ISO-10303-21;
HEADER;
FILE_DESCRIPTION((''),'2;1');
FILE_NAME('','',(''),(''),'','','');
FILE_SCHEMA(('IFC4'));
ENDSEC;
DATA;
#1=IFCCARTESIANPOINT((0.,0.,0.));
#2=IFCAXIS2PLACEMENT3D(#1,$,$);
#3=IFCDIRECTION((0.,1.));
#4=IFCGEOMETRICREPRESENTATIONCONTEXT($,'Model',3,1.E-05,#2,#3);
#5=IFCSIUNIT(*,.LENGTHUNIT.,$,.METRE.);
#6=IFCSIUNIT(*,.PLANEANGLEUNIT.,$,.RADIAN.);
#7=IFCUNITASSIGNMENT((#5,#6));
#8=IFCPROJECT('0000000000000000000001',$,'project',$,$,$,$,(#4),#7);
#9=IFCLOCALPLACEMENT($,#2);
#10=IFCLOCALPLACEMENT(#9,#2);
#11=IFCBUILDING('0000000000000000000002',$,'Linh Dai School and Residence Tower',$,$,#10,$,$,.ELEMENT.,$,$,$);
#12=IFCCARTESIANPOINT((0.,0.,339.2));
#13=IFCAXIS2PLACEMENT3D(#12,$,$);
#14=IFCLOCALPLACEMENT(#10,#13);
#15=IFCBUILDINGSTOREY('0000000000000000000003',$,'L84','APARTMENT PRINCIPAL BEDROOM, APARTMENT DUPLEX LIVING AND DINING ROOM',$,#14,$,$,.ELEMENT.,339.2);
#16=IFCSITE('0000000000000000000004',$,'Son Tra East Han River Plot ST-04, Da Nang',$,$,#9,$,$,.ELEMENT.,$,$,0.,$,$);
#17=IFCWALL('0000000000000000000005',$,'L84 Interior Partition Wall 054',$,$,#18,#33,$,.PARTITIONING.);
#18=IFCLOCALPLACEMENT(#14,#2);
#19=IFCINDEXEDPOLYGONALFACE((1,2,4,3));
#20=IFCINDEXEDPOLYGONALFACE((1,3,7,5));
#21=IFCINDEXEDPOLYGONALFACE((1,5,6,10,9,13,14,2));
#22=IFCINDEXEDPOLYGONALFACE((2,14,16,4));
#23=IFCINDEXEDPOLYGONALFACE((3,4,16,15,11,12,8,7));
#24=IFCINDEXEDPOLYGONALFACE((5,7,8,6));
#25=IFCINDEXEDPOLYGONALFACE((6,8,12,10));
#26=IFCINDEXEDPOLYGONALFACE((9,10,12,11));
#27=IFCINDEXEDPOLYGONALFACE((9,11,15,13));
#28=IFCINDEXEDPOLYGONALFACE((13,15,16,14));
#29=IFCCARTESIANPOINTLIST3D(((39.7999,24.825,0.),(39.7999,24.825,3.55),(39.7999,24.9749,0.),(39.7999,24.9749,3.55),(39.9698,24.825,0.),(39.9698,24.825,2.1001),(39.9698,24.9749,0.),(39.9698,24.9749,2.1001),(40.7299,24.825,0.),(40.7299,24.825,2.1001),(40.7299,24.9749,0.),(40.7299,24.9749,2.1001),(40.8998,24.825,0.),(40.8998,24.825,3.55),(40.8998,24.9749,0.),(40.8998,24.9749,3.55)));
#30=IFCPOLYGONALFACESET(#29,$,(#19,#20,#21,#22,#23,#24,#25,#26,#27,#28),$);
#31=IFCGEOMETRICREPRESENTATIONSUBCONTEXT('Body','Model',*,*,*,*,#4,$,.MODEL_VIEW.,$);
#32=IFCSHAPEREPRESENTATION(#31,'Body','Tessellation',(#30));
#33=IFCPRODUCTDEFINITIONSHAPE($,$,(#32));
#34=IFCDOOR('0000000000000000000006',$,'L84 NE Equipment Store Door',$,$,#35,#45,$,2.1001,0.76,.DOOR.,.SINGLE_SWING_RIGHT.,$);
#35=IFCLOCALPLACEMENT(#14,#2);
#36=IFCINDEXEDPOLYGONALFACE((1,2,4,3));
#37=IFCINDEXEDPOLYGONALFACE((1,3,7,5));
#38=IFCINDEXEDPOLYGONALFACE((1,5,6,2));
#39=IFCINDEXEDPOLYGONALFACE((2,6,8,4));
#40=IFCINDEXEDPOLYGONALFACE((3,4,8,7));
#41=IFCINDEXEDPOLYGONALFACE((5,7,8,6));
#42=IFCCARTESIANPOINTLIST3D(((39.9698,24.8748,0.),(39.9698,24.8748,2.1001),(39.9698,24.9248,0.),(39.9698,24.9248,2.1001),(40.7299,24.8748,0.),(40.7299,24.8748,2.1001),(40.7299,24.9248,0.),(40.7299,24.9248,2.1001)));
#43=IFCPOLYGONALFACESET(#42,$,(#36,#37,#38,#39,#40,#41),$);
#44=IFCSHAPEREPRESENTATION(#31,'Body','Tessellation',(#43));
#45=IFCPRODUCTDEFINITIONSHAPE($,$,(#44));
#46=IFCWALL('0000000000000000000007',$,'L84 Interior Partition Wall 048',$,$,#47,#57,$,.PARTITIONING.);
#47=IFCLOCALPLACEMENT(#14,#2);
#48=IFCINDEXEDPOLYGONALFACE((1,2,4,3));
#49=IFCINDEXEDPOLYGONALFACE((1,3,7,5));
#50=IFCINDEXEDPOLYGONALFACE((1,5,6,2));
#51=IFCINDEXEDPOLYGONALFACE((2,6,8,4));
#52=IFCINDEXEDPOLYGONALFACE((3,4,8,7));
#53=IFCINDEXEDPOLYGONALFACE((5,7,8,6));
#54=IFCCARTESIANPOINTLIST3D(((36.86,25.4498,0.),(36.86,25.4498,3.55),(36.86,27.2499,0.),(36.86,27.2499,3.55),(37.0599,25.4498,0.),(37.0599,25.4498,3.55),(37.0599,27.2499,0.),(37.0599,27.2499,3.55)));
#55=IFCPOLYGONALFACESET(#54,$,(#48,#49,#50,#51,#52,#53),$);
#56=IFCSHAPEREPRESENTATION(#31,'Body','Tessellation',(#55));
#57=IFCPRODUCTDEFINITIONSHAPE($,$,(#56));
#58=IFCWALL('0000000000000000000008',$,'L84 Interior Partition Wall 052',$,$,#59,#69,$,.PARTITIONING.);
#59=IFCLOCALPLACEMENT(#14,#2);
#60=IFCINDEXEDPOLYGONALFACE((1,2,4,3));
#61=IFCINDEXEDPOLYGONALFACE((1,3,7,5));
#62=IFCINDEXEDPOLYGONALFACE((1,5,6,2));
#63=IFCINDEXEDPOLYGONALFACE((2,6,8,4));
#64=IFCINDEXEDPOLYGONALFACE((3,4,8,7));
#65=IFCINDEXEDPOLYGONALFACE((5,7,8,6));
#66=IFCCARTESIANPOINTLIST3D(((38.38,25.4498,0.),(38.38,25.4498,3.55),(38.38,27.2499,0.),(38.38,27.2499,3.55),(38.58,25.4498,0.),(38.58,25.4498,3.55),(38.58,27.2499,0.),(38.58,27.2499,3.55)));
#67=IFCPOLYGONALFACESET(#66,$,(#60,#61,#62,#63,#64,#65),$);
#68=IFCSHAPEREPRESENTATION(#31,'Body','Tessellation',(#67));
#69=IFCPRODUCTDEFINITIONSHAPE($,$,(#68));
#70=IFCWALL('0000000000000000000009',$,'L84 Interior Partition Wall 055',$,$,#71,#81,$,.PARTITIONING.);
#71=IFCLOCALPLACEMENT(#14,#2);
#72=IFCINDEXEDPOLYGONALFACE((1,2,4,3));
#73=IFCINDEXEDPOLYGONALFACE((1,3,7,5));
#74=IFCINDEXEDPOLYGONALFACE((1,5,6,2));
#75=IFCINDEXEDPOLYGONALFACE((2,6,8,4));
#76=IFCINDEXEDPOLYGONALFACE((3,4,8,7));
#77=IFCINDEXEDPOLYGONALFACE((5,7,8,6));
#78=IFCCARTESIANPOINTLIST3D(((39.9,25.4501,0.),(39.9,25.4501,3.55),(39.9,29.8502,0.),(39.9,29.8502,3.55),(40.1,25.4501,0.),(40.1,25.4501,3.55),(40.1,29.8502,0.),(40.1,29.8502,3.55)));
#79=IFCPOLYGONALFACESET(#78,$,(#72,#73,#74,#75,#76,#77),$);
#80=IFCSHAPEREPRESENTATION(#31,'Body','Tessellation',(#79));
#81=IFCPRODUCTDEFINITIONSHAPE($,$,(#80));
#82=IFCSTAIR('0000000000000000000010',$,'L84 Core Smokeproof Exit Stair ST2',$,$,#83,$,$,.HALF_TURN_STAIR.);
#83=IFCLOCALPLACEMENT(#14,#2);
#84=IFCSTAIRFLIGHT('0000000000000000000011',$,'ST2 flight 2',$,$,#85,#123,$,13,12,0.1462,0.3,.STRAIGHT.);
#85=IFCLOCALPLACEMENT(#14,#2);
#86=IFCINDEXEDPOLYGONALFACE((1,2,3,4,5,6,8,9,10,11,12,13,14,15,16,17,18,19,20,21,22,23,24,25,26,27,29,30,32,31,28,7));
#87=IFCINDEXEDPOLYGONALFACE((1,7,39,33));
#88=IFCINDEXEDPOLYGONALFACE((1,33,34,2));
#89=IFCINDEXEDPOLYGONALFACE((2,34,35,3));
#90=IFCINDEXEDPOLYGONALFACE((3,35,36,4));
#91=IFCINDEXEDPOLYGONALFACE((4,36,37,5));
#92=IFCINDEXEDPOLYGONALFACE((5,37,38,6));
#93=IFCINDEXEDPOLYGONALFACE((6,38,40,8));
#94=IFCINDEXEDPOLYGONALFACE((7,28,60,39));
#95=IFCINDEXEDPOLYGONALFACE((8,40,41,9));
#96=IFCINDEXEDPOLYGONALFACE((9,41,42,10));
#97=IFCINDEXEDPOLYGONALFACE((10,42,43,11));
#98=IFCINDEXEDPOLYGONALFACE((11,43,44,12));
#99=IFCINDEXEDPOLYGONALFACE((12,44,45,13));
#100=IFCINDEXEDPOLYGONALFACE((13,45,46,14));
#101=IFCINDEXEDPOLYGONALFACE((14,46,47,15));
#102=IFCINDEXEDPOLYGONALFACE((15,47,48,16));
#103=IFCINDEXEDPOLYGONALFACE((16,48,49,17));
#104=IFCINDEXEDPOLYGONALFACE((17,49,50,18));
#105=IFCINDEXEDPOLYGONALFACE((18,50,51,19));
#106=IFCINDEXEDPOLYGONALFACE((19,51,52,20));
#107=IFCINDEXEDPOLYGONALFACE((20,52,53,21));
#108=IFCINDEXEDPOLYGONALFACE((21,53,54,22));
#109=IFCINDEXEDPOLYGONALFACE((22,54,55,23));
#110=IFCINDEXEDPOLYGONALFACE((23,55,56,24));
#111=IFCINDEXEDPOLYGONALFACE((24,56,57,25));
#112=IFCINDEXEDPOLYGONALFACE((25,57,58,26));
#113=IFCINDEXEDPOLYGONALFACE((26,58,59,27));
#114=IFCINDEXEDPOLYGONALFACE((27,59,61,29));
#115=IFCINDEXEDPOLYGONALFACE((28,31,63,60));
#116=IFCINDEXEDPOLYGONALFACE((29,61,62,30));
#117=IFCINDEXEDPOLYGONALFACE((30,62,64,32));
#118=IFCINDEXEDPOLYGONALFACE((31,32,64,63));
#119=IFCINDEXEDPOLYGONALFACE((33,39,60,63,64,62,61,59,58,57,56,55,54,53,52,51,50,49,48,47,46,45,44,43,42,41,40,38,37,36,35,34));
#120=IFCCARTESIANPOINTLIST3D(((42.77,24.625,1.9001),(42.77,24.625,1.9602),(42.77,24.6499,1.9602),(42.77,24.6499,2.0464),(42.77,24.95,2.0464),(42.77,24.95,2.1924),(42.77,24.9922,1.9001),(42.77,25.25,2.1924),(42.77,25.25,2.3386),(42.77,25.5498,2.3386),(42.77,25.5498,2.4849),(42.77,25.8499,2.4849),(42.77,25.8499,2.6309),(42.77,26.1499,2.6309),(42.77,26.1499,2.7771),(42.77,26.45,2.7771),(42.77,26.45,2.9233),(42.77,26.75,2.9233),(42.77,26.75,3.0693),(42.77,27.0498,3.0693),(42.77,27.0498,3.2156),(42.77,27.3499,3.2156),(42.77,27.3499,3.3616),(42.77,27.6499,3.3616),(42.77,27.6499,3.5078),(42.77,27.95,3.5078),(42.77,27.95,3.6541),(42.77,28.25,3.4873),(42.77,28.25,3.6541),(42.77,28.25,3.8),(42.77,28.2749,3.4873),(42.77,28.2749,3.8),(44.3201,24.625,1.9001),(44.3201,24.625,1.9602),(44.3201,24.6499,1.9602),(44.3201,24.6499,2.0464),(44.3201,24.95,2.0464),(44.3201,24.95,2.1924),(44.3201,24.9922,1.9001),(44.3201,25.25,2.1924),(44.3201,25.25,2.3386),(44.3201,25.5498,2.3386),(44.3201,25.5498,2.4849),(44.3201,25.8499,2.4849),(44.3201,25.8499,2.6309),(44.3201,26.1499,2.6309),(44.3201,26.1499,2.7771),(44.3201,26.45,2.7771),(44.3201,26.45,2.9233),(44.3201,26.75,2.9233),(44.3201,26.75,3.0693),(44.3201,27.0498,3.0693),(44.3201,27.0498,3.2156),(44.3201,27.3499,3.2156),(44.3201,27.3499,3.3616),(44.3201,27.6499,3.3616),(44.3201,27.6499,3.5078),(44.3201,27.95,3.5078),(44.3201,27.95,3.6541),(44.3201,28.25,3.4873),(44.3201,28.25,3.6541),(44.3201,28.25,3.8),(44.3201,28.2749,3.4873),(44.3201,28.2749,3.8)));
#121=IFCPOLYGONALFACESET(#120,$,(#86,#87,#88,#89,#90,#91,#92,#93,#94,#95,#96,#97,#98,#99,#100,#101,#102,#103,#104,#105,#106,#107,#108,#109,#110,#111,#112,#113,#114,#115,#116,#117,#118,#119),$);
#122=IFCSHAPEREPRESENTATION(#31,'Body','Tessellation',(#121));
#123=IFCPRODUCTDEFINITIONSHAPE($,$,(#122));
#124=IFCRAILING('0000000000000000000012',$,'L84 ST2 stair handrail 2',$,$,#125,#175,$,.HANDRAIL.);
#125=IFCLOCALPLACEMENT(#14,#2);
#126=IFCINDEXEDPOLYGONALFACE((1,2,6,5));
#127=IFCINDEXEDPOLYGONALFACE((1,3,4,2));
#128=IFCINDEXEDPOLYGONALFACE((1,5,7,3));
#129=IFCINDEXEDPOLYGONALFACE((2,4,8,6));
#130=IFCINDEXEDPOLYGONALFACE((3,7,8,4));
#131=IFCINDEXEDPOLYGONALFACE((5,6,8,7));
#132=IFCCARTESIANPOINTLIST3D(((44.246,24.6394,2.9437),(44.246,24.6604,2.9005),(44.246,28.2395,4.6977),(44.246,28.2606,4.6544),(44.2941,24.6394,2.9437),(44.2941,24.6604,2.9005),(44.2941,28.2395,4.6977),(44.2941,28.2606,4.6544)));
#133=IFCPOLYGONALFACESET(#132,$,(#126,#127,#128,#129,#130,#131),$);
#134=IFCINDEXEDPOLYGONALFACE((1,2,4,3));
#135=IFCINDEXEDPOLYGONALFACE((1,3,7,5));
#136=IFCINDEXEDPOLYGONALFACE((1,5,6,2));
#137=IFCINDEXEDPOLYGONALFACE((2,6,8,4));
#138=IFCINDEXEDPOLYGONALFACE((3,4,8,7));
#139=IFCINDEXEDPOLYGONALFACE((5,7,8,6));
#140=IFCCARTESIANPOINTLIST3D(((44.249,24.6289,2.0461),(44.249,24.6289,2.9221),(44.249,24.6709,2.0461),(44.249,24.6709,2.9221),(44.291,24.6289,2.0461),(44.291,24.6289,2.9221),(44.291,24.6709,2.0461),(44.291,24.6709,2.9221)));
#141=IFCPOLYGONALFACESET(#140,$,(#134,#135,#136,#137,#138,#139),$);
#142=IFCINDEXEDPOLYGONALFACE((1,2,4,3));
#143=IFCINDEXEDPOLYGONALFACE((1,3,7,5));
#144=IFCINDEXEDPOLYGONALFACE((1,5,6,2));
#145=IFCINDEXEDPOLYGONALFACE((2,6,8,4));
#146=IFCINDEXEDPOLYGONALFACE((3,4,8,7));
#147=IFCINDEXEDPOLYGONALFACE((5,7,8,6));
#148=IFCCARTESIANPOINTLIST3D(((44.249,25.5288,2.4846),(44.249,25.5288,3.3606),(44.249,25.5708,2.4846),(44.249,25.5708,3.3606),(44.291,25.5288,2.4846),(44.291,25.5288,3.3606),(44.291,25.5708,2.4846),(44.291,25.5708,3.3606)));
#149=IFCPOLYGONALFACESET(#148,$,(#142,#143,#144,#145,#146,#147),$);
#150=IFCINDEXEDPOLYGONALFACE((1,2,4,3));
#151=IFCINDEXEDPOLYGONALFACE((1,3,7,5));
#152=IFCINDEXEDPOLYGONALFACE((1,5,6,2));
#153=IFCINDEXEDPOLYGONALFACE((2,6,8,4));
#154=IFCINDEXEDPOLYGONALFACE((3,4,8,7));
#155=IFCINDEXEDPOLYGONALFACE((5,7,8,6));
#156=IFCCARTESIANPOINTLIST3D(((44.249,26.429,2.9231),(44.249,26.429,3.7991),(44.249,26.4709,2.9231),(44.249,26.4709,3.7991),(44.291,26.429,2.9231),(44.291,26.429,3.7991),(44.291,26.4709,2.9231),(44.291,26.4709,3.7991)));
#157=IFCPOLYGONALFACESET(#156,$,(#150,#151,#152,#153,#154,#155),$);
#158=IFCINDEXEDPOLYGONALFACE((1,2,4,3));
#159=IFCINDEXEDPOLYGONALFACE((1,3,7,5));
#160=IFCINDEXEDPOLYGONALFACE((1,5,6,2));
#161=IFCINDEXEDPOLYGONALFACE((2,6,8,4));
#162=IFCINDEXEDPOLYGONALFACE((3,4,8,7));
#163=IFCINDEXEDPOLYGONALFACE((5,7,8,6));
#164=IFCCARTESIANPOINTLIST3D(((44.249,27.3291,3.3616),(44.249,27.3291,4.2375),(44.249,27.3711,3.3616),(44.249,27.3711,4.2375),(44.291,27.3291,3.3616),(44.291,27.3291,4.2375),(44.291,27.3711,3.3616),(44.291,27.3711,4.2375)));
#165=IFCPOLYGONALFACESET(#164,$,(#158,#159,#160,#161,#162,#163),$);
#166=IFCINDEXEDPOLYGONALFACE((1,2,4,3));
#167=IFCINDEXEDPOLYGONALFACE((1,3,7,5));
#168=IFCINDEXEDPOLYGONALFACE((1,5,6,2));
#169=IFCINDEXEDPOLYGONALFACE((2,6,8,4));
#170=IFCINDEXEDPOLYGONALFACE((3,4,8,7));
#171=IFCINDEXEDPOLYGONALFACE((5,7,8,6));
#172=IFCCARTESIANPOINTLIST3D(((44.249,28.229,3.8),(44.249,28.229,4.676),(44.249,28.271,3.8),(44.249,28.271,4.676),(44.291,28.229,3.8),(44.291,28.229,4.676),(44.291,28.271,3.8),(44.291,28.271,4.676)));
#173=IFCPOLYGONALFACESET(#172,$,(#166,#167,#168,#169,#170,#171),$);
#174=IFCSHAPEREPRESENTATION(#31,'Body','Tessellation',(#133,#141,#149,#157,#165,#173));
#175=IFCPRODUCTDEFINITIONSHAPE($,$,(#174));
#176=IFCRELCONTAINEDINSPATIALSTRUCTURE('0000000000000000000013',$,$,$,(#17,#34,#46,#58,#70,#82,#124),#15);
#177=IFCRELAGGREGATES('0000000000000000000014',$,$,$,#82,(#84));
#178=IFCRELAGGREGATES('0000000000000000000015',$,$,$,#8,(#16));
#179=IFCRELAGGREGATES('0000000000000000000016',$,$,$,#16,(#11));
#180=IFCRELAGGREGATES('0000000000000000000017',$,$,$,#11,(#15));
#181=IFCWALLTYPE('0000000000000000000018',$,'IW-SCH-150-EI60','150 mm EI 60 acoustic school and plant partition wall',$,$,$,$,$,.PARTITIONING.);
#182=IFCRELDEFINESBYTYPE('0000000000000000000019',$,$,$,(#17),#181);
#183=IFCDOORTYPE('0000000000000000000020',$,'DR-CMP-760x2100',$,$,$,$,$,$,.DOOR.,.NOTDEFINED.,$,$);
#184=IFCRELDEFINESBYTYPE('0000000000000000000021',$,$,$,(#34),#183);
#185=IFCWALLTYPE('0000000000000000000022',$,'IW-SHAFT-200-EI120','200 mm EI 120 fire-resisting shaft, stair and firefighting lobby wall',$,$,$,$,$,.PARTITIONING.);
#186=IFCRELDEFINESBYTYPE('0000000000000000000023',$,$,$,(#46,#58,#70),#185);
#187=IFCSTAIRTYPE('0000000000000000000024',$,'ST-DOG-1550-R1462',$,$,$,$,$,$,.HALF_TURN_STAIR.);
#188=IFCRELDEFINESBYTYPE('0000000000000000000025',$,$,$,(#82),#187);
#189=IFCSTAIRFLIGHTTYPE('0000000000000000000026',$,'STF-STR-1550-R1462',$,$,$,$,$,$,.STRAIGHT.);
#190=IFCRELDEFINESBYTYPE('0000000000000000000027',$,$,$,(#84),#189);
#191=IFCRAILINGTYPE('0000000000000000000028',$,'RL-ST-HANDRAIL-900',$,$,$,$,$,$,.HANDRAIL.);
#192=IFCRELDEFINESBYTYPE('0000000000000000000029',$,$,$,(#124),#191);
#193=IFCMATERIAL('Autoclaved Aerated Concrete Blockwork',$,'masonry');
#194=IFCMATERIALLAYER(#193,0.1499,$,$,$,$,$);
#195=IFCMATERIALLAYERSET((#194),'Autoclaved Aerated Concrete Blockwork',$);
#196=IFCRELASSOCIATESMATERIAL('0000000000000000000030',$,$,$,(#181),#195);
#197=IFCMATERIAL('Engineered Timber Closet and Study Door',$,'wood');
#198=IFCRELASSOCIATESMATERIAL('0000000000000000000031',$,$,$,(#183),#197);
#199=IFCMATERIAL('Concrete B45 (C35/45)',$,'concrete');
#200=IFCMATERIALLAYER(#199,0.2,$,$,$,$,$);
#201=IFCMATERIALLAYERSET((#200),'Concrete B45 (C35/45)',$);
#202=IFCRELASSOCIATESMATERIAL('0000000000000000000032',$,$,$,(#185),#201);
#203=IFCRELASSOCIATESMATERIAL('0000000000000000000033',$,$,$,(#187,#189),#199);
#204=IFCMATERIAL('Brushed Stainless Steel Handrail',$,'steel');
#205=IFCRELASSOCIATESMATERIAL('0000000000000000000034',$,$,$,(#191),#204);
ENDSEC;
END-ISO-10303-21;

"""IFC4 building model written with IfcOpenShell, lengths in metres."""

from ifc_helpers import new_model, si_unit, direction, frame, frame_2d, origin, origin_2d, place, context, subcontext, project, spatial, polyline, rectangle, outline, extrude, source, transform, mapped, material, layer, layer_set, type_object, element, fill, aggregate, save


model = new_model("IFC4")

# Units and contexts
model_context = context("Model", 3, precision=1e-05, world=origin(), true_north=direction((0.0, 1.0)))
body_context = subcontext(model_context, "Body", "Model", "MODEL_VIEW")
ifc_project = project(units=[si_unit("LENGTHUNIT", "METRE"), si_unit("PLANEANGLEUNIT", "RADIAN")], contexts=[model_context])

# Site, building, storey
site_placement = place(None, origin())
site = spatial("IfcSite", under=ifc_project, at=site_placement, Name="Son Tra East Han River Plot ST-04, Da Nang", CompositionType="ELEMENT", RefElevation=0.0)
building_placement = place(site_placement, origin())
building = spatial("IfcBuilding", under=site, at=building_placement, Name="Linh Dai School and Residence Tower", CompositionType="ELEMENT")
storey_placement = place(building_placement, frame((0.0, 0.0, 339.2)))
storey = spatial("IfcBuildingStorey", under=building, at=storey_placement, Name="L84", Description="APARTMENT PRINCIPAL BEDROOM, APARTMENT DUPLEX LIVING AND DINING ROOM", CompositionType="ELEMENT", Elevation=339.2)

# Shared definitions
ifc_material_1 = material(Name="Autoclaved Aerated Concrete Blockwork", Category="masonry")

# Wall, opening, door
ifc_layer_1 = layer(ifc_material_1, 0.1499)
ifc_layer_set_1 = layer_set([ifc_layer_1], Name="Autoclaved Aerated Concrete Blockwork")
wall_type_1 = type_object("IfcWallType", Name="IW-SCH-150-EI60", Description="150 mm EI 60 acoustic school and plant partition wall", PredefinedType="PARTITIONING", material=ifc_layer_set_1)
wall_1_placement = place(storey_placement, frame((39.8, 24.8999, 0.0), z_axis=(0.0, 0.0, 1.0), x_axis=(1.0, 0.0, 0.0)))
wall_1 = element("IfcWall", 1, at=wall_1_placement, inside=storey, type_object=wall_type_1, Name="L84 Interior Partition Wall 054", PredefinedType="PARTITIONING", context=body_context, shape_type="SweptSolid", body=[
    extrude(rectangle(XDim=1.0999, YDim=0.1499, at=frame_2d((0.5498, 0.0))), origin(), (0.0, 0.0, 1.0), 3.55),
])
opening_1_placement = place(wall_1_placement, frame((0.1699, 0.0, 0.0)))
opening_1 = element("IfcOpeningElement", 2, at=opening_1_placement, cuts=wall_1, PredefinedType="OPENING", context=body_context, shape_type="SweptSolid", body=[
    extrude(rectangle(XDim=0.76, YDim=2.1001, at=origin_2d()), frame((0.3799, 0.085, 1.05), z_axis=(0.0, -1.0, 0.0), x_axis=(1.0, 0.0, 0.0)), (0.0, 0.0, 1.0), 0.1699),
])
ifc_material_2 = material(Name="Engineered Timber Closet and Study Door", Category="wood")
door_type_1 = type_object("IfcDoorType", Name="DR-CMP-760x2100", OperationType="NOTDEFINED", PredefinedType="DOOR", material=ifc_material_2)
shared_shape_1 = source(origin(), body_context, "Body", "SweptSolid", [
    extrude(rectangle(XDim=0.76, YDim=2.1001, at=origin_2d()), frame((0.3799, 0.0249, 1.05), z_axis=(0.0, -1.0, 0.0), x_axis=(1.0, 0.0, 0.0)), (0.0, 0.0, 1.0), 0.05),
])
door_1_placement = place(opening_1_placement, origin())
door_1 = element("IfcDoor", 3, at=door_1_placement, inside=storey, type_object=door_type_1, Name="L84 NE Equipment Store Door", OperationType="SINGLE_SWING_RIGHT", OverallHeight=2.1001, OverallWidth=0.76, PredefinedType="DOOR", context=body_context, shape_type="MappedRepresentation", body=[
    mapped(shared_shape_1, transform((0.0, 0.0, 0.0), x_axis=(1.0, 0.0, 0.0), y_axis=(0.0, 1.0, 0.0), z_axis=(0.0, 0.0, 1.0), scale=1.0)),
])
fill(opening_1, door_1)

# Walls
ifc_material_3 = material(Name="Concrete B45 (C35/45)", Category="concrete")
ifc_layer_2 = layer(ifc_material_3, 0.2)
ifc_layer_set_2 = layer_set([ifc_layer_2], Name="Concrete B45 (C35/45)")
wall_type_2 = type_object("IfcWallType", Name="IW-SHAFT-200-EI120", Description="200 mm EI 120 fire-resisting shaft, stair and firefighting lobby wall", PredefinedType="PARTITIONING", material=ifc_layer_set_2)
for number, where, z_axis, x_axis, name in (
    (4, (36.96, 25.45, 0.0), (0.0, 0.0, 1.0), (0.0, 1.0, 0.0), "L84 Interior Partition Wall 048"),
    (5, (38.48, 25.45, 0.0), (0.0, 0.0, 1.0), (0.0, 1.0, 0.0), "L84 Interior Partition Wall 052"),
):
    element("IfcWall", number, at=place(storey_placement, frame(where, z_axis=z_axis, x_axis=x_axis)), inside=storey, type_object=wall_type_2, Name=name, PredefinedType="PARTITIONING", context=body_context, shape_type="SweptSolid", body=[
        extrude(rectangle(XDim=1.8, YDim=0.2, at=frame_2d((0.8999, 0.0))), origin(), (0.0, 0.0, 1.0), 3.55),
    ])
wall_2_placement = place(storey_placement, frame((40.0, 25.45, 0.0), z_axis=(0.0, 0.0, 1.0), x_axis=(0.0, 1.0, 0.0)))
element("IfcWall", 6, at=wall_2_placement, inside=storey, type_object=wall_type_2, Name="L84 Interior Partition Wall 055", PredefinedType="PARTITIONING", context=body_context, shape_type="SweptSolid", body=[
    extrude(rectangle(XDim=4.4001, YDim=0.2, at=frame_2d((2.2002, 0.0))), origin(), (0.0, 0.0, 1.0), 3.55),
])

# Stair, stair flight
stair_type = type_object("IfcStairType", Name="ST-DOG-1550-R1462", PredefinedType="HALF_TURN_STAIR", material=ifc_material_3)
stair_placement = place(storey_placement, origin())
stair = element("IfcStair", 7, at=stair_placement, inside=storey, type_object=stair_type, Name="L84 Core Smokeproof Exit Stair ST2", PredefinedType="HALF_TURN_STAIR")
stair_flight_type = type_object("IfcStairFlightType", Name="STF-STR-1550-R1462", PredefinedType="STRAIGHT", material=ifc_material_3)
shared_shape_2 = source(origin(), body_context, "Body", "SweptSolid", [
    extrude(outline(polyline([(-0.0249, 0.0), (-0.0249, 0.0601), (0.0, 0.0601), (0.0, 0.1462), (0.3, 0.1462), (0.3, 0.2922), (0.6001, 0.2922), (0.6001, 0.4385), (0.8999, 0.4385), (0.8999, 0.5847), (1.2, 0.5847), (1.2, 0.7307), (1.5, 0.7307), (1.5, 0.877), (1.8, 0.877), (1.8, 1.0232), (2.1001, 1.0232), (2.1001, 1.1692), (2.3999, 1.1692), (2.3999, 1.3154), (2.7, 1.3154), (2.7, 1.4614), (3.0, 1.4614), (3.0, 1.6077), (3.3, 1.6077), (3.3, 1.7539), (3.6001, 1.7539), (3.6001, 1.8999), (3.625, 1.8999), (3.625, 1.5872), (3.6001, 1.5872), (0.3423, 0.0), (-0.0249, 0.0)])), frame((0.0, 0.7749, 0.0), z_axis=(0.0, -1.0, 0.0), x_axis=(1.0, 0.0, 0.0)), (0.0, 0.0, 1.0), 1.55),
])
stair_flight_placement = place(storey_placement, frame((43.5449, 24.6499, 1.9001), z_axis=(0.0, 0.0, 1.0), x_axis=(0.0, 1.0, 0.0)))
stair_flight = element("IfcStairFlight", 8, at=stair_flight_placement, type_object=stair_flight_type, Name="ST2 flight 2", NumberOfRisers=13, NumberOfTreads=12, PredefinedType="STRAIGHT", RiserHeight=0.1462, TreadLength=0.3, context=body_context, shape_type="MappedRepresentation", body=[
    mapped(shared_shape_2, transform((0.0, 0.0, 0.0), x_axis=(1.0, 0.0, 0.0), y_axis=(0.0, 1.0, 0.0), z_axis=(0.0, 0.0, 1.0), scale=1.0)),
])
aggregate(stair, [stair_flight])

# Railing
ifc_material_4 = material(Name="Brushed Stainless Steel Handrail", Category="steel")
railing_type_1 = type_object("IfcRailingType", Name="RL-ST-HANDRAIL-900", PredefinedType="HANDRAIL", material=ifc_material_4)
shared_shape_3 = source(origin(), body_context, "Body", "SweptSolid", [
    extrude(rectangle(XDim=0.0481, YDim=0.0481, at=origin_2d()), frame((0.0, 0.0, 0.876), z_axis=(0.0, 0.898989, 0.437972), x_axis=(-1.0, 0.0, 0.0)), (0.0, 0.0, 1.0), 4.0046),
    extrude(rectangle(XDim=0.042, YDim=0.042, at=origin_2d()), origin(), (0.0, 0.0, 1.0), 0.876),
    extrude(rectangle(XDim=0.042, YDim=0.042, at=origin_2d()), frame((0.0, 0.8999, 0.4385)), (0.0, 0.0, 1.0), 0.876),
    extrude(rectangle(XDim=0.042, YDim=0.042, at=origin_2d()), frame((0.0, 1.8, 0.877)), (0.0, 0.0, 1.0), 0.876),
    extrude(rectangle(XDim=0.042, YDim=0.042, at=origin_2d()), frame((0.0, 2.7002, 1.3154)), (0.0, 0.0, 1.0), 0.876),
    extrude(rectangle(XDim=0.042, YDim=0.042, at=origin_2d()), frame((0.0, 3.6001, 1.7539)), (0.0, 0.0, 1.0), 0.876),
])
railing_1_placement = place(storey_placement, frame((44.27, 24.6499, 2.0461)))
element("IfcRailing", 9, at=railing_1_placement, inside=storey, type_object=railing_type_1, Name="L84 ST2 stair handrail 2", PredefinedType="HANDRAIL", context=body_context, shape_type="MappedRepresentation", body=[
    mapped(shared_shape_3, transform((0.0, 0.0, 0.0), x_axis=(1.0, 0.0, 0.0), y_axis=(0.0, 1.0, 0.0), z_axis=(0.0, 0.0, 1.0), scale=1.0)),
])

save(model, "model.ifc")
